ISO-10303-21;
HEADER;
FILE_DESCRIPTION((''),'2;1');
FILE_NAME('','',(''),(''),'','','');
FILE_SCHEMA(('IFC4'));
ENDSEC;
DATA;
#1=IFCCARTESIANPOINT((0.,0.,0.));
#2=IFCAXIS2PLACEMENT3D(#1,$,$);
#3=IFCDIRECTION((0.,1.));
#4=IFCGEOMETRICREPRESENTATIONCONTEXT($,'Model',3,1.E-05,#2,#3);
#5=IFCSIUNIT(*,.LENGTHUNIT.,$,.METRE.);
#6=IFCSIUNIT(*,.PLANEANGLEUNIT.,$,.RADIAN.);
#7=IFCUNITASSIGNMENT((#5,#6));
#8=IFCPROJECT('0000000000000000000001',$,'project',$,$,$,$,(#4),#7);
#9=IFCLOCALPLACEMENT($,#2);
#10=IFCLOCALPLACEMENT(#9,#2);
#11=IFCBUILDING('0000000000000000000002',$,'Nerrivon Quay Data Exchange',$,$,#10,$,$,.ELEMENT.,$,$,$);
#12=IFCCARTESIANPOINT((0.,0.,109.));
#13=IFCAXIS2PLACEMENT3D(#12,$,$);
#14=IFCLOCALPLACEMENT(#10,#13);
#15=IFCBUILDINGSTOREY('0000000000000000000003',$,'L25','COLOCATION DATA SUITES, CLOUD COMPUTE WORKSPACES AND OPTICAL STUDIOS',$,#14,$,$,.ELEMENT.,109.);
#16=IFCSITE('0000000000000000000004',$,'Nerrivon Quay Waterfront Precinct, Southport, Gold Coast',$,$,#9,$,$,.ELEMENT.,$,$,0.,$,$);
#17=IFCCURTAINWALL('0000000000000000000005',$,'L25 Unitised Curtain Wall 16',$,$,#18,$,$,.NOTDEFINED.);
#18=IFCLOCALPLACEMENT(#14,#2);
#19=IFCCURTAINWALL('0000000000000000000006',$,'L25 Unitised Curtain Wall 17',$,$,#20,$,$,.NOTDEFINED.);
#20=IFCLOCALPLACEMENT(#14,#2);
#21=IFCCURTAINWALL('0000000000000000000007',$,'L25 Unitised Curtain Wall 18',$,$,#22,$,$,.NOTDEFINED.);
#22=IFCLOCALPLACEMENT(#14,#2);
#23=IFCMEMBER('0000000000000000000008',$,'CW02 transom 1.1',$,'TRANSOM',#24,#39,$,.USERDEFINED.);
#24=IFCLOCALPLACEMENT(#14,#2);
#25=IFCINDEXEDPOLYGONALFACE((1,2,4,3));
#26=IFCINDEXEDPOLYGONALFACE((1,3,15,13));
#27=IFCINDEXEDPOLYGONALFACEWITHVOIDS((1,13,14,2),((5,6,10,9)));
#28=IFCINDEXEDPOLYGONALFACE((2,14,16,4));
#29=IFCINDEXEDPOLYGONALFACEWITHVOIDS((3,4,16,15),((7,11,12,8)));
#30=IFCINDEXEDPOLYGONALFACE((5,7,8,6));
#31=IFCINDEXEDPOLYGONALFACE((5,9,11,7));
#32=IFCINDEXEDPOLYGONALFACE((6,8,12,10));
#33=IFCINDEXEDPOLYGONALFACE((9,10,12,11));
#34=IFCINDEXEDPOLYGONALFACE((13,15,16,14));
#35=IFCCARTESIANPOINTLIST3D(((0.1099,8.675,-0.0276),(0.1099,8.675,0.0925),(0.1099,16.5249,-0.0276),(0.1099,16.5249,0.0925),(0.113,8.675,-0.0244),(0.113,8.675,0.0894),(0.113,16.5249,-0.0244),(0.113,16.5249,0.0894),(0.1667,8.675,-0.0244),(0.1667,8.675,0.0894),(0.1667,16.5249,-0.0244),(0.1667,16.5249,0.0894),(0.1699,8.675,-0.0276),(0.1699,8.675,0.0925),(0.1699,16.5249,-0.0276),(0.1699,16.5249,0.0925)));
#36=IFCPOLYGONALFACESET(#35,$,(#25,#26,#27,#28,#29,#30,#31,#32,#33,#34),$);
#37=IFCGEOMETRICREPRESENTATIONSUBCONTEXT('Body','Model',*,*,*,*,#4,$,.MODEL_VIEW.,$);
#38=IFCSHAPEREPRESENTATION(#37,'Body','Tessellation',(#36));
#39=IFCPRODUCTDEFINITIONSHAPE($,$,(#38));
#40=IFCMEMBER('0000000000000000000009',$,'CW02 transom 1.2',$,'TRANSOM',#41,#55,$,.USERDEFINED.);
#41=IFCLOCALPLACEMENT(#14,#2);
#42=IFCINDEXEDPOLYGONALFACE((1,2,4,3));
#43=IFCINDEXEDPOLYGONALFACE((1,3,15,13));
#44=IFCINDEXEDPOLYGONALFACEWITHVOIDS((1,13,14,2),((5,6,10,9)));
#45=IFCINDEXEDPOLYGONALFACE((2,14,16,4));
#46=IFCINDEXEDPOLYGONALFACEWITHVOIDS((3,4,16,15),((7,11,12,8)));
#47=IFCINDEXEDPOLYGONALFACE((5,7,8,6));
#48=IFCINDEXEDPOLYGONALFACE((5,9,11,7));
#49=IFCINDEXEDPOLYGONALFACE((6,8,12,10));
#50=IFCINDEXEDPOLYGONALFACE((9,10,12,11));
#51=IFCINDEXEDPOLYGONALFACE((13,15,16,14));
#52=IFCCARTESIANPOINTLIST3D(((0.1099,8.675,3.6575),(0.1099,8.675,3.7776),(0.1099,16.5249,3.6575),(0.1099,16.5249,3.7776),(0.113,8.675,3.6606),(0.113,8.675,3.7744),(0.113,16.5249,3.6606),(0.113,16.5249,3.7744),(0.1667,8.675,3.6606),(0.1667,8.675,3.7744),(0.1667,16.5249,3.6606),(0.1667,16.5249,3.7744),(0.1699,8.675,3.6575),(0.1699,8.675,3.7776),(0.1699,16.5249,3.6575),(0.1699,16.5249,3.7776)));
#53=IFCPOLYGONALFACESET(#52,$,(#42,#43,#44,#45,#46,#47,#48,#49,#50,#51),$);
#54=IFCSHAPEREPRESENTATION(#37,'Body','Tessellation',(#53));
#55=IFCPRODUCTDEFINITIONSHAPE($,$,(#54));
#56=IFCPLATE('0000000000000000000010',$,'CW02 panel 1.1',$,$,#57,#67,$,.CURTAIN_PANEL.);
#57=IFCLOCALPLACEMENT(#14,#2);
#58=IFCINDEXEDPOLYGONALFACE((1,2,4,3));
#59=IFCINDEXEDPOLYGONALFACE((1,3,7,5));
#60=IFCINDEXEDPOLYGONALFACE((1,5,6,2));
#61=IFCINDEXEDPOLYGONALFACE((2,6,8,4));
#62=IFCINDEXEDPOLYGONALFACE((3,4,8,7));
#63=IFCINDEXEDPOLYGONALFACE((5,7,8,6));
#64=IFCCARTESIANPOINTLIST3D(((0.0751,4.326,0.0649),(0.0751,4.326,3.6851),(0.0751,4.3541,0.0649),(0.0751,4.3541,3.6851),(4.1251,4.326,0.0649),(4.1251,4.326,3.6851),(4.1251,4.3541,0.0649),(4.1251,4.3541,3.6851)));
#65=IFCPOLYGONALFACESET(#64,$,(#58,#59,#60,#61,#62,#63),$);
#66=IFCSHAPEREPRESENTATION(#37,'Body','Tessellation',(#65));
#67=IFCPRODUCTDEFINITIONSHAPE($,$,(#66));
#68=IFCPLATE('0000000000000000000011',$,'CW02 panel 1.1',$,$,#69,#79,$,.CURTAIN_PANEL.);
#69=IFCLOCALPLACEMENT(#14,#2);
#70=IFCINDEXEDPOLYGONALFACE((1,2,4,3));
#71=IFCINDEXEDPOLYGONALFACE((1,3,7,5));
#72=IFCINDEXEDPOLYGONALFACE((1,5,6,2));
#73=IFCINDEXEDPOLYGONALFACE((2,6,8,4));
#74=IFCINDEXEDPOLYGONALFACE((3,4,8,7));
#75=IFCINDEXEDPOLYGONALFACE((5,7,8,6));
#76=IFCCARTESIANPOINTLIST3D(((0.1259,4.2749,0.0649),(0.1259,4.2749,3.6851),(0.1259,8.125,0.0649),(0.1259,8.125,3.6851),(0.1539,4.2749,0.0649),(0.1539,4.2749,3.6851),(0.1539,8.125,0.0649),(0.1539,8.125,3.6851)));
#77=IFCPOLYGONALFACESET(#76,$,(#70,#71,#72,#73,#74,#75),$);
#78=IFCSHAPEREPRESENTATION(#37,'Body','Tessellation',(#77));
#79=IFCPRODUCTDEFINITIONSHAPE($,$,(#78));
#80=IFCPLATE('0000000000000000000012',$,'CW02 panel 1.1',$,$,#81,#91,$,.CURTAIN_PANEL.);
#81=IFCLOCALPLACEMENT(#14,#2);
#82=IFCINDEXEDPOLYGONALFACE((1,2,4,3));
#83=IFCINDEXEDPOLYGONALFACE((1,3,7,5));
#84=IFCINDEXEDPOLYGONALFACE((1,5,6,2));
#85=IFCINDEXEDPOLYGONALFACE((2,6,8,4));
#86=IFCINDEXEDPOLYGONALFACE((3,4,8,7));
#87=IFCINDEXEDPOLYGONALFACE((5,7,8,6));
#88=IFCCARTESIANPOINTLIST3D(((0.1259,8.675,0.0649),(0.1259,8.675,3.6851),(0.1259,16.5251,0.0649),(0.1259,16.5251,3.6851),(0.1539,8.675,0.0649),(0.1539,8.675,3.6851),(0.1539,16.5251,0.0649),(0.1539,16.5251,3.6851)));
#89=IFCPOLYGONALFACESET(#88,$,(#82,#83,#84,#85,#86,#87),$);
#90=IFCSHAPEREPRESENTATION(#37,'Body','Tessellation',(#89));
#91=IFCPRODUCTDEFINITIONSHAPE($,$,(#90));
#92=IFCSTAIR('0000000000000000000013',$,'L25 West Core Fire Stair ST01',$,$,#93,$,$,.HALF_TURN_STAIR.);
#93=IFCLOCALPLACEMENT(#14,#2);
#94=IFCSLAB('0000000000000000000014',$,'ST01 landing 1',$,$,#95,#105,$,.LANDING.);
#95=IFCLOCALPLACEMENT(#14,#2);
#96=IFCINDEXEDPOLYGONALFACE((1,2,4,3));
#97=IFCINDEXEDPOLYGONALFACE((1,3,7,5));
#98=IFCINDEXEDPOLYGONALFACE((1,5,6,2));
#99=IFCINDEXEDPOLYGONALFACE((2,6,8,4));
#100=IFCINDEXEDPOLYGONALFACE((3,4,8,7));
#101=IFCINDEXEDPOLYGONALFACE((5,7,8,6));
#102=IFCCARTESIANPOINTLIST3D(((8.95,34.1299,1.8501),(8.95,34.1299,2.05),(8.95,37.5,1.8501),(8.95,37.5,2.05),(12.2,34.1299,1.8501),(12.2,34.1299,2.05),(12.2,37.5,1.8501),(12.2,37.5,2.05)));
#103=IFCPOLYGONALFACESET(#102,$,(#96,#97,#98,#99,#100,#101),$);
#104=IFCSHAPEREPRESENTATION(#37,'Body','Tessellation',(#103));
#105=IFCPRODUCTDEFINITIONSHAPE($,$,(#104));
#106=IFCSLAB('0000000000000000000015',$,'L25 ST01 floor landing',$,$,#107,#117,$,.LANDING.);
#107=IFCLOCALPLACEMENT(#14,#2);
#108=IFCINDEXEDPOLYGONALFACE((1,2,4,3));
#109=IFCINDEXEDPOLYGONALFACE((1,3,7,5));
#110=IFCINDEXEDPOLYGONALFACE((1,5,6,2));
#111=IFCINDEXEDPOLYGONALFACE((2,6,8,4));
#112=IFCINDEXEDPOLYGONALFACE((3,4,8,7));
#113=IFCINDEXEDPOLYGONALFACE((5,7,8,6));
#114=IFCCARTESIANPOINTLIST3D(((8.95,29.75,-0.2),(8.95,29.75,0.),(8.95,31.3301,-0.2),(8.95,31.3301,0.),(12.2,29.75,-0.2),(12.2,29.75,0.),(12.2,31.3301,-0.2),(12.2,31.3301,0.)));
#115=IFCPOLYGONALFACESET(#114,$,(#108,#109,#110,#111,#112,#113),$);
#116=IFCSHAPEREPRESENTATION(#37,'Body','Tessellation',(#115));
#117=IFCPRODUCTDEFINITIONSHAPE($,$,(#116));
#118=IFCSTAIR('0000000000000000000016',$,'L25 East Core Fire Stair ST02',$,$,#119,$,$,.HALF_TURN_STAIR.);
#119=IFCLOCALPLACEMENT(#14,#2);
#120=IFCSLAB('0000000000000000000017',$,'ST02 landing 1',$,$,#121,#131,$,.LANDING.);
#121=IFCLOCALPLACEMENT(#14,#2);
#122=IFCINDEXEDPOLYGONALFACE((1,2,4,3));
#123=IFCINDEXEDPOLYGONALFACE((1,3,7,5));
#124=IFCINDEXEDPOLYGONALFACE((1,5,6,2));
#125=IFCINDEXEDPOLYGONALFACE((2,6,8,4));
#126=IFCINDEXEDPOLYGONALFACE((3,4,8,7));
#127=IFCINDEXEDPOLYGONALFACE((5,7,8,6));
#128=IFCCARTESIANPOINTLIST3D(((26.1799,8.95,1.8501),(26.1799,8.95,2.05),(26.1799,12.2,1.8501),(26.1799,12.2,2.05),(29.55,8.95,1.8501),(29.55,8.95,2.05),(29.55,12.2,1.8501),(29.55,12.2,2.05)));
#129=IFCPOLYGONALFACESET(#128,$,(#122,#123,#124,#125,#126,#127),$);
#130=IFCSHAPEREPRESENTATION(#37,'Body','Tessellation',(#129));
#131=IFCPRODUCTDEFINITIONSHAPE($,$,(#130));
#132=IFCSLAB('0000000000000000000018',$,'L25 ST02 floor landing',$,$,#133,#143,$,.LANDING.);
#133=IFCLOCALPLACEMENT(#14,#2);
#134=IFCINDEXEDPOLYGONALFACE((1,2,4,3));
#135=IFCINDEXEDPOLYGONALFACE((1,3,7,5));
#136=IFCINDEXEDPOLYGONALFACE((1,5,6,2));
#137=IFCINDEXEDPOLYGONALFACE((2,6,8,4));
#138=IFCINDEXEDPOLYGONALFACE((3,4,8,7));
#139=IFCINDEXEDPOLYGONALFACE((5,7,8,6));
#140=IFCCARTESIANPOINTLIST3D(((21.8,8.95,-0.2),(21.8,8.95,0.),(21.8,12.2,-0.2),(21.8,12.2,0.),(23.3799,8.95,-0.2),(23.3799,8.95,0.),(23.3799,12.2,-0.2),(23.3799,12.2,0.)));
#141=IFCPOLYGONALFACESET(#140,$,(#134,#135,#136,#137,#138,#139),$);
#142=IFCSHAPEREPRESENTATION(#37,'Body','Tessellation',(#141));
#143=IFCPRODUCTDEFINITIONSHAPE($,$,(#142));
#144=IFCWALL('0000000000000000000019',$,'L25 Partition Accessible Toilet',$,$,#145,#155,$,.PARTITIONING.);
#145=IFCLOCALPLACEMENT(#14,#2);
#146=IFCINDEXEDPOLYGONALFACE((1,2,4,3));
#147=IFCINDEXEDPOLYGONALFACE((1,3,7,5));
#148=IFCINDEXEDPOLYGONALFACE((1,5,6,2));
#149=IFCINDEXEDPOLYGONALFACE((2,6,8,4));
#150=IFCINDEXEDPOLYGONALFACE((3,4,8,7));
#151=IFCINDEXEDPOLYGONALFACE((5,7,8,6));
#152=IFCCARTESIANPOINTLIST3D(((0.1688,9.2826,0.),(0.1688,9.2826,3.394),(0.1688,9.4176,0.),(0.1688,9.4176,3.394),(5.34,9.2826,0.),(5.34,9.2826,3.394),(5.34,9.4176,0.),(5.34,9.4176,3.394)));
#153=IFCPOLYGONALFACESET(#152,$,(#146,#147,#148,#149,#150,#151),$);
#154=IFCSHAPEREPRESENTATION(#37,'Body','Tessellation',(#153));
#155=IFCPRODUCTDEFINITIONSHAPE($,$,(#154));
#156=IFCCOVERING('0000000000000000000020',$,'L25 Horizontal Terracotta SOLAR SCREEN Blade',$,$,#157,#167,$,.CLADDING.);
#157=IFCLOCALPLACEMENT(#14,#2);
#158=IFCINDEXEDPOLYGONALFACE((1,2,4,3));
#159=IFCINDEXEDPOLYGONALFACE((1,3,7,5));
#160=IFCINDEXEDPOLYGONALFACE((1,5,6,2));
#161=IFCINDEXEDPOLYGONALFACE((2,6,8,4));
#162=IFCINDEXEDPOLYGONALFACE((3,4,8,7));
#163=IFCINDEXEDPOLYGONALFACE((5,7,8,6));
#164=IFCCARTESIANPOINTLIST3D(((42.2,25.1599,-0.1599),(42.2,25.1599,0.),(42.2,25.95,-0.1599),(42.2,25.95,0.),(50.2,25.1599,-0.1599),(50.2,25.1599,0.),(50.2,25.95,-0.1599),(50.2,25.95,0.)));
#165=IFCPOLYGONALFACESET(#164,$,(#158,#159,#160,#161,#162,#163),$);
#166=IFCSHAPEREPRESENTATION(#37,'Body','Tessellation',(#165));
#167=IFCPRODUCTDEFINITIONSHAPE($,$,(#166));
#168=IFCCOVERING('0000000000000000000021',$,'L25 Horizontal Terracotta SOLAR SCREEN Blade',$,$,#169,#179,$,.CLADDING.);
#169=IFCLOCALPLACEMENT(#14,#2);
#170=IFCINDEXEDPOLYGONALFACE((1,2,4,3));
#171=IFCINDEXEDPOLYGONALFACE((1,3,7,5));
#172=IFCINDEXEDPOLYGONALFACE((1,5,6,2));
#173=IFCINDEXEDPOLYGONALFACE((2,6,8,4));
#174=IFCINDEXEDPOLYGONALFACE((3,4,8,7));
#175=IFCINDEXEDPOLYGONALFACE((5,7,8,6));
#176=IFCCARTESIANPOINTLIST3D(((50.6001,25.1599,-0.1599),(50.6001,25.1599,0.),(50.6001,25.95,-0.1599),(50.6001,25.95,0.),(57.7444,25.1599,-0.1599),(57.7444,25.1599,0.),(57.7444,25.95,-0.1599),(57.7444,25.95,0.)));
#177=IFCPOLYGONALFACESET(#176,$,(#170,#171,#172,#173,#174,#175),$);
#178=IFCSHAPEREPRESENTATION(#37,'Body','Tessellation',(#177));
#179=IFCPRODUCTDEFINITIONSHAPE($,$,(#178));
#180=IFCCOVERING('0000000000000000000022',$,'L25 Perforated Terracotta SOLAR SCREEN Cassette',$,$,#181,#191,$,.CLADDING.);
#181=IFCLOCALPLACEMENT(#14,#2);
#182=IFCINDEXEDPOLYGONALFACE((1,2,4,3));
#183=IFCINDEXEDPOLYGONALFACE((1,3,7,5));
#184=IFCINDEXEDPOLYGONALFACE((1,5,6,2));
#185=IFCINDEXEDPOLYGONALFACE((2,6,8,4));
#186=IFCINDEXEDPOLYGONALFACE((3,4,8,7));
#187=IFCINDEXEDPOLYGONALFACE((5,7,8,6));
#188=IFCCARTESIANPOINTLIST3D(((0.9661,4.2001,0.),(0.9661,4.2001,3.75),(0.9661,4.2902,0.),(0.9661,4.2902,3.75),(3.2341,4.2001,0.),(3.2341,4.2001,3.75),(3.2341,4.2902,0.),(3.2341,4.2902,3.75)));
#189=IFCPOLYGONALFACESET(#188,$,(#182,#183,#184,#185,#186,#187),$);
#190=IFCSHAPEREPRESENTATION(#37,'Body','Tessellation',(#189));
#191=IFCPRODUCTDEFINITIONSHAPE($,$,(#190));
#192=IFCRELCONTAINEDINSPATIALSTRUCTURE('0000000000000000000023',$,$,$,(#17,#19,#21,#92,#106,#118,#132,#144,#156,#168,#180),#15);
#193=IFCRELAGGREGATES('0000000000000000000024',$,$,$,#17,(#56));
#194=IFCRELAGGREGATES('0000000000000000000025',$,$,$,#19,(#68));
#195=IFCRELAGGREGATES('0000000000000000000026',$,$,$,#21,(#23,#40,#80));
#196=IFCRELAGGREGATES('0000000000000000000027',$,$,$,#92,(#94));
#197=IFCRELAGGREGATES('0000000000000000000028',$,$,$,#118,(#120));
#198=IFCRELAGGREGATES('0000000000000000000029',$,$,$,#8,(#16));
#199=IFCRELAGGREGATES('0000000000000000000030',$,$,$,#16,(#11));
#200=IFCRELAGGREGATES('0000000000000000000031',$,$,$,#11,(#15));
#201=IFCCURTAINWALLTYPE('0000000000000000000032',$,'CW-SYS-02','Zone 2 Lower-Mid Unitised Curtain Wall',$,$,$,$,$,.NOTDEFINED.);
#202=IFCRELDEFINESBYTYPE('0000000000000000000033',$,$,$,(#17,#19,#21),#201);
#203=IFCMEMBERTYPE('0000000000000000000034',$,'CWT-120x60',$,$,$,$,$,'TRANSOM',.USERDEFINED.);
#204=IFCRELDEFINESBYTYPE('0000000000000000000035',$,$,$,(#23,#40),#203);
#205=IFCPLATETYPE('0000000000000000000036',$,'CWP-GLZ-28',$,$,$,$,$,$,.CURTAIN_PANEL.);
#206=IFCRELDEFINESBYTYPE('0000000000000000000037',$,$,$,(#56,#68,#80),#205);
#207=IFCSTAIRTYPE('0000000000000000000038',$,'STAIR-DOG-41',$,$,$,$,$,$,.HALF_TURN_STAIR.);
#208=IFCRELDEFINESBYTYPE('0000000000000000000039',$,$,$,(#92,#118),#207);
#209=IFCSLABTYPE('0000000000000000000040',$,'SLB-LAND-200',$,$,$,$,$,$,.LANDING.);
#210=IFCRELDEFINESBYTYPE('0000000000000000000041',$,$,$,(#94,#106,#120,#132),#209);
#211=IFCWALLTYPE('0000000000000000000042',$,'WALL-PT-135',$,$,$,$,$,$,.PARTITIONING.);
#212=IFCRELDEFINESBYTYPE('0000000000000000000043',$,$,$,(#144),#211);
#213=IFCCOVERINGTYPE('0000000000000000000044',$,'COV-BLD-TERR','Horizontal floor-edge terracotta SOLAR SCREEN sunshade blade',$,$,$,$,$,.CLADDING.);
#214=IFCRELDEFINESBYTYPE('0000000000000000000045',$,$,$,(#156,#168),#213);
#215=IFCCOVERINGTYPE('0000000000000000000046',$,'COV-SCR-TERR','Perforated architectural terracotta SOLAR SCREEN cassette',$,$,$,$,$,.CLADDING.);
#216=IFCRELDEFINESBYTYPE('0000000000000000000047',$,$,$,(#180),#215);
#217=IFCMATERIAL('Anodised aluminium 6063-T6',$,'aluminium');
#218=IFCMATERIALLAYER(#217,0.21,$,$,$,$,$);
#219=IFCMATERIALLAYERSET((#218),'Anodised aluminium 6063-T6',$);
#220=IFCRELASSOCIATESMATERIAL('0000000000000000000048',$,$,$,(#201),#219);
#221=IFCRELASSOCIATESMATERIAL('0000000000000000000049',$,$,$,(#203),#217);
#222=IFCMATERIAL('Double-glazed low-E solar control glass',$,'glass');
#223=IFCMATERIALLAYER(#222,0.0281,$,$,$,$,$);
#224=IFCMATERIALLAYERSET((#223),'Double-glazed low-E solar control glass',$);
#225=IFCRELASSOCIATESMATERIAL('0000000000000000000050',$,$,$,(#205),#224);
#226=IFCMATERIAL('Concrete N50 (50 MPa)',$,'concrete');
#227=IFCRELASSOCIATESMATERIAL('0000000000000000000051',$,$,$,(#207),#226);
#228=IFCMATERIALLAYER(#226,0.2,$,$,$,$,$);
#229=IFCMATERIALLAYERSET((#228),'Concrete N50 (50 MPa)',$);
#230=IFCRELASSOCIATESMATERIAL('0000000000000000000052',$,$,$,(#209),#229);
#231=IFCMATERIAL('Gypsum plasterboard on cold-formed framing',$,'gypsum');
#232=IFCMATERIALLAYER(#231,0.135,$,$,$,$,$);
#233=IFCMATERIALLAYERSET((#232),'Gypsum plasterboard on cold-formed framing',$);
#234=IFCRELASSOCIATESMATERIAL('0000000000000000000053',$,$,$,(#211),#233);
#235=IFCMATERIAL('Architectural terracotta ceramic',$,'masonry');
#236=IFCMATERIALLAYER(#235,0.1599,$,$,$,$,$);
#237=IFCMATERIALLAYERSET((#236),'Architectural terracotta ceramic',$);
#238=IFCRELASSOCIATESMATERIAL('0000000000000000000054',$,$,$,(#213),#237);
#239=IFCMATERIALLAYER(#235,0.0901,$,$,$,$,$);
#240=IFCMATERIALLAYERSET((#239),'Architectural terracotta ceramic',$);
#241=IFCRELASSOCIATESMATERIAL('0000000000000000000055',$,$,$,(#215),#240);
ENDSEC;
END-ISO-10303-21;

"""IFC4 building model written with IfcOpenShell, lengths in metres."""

from ifc_helpers import new_model, si_unit, direction, frame, frame_2d, origin, origin_2d, place, context, subcontext, project, spatial, polyline, rectangle, hollow_rectangle, outline, extrude, material, layer, layer_set, material_profile, profile_set, type_object, element, aggregate, save


model = new_model("IFC4")

# Units and contexts
model_context = context("Model", 3, precision=1e-05, world=origin(), true_north=direction((0.0, 1.0)))
body_context = subcontext(model_context, "Body", "Model", "MODEL_VIEW")
ifc_project = project(units=[si_unit("LENGTHUNIT", "METRE"), si_unit("PLANEANGLEUNIT", "RADIAN")], contexts=[model_context])

# Site, building, storey
site_placement = place(None, origin())
site = spatial("IfcSite", under=ifc_project, at=site_placement, Name="Nerrivon Quay Waterfront Precinct, Southport, Gold Coast", CompositionType="ELEMENT", RefElevation=0.0)
building_placement = place(site_placement, origin())
building = spatial("IfcBuilding", under=site, at=building_placement, Name="Nerrivon Quay Data Exchange", CompositionType="ELEMENT")
storey_placement = place(building_placement, frame((0.0, 0.0, 109.0)))
storey = spatial("IfcBuildingStorey", under=building, at=storey_placement, Name="L25", Description="COLOCATION DATA SUITES, CLOUD COMPUTE WORKSPACES AND OPTICAL STUDIOS", CompositionType="ELEMENT", Elevation=109.0)

# Curtain wall
ifc_material_1 = material(Name="Anodised aluminium 6063-T6", Category="aluminium")
ifc_layer_1 = layer(ifc_material_1, 0.21)
ifc_layer_set_1 = layer_set([ifc_layer_1], Name="Anodised aluminium 6063-T6")
curtain_wall_type = type_object("IfcCurtainWallType", Name="CW-SYS-02", Description="Zone 2 Lower-Mid Unitised Curtain Wall", PredefinedType="NOTDEFINED", material=ifc_layer_set_1)
curtain_wall_1_placement = place(storey_placement, origin())
curtain_wall_1 = element("IfcCurtainWall", 1, at=curtain_wall_1_placement, inside=storey, type_object=curtain_wall_type, Name="L25 Unitised Curtain Wall 16", PredefinedType="NOTDEFINED")

# Curtain walls
curtain_wall_2_placement = place(storey_placement, origin())
curtain_wall_2 = element("IfcCurtainWall", 2, at=curtain_wall_2_placement, inside=storey, type_object=curtain_wall_type, Name="L25 Unitised Curtain Wall 17", PredefinedType="NOTDEFINED")
curtain_wall_3_placement = place(storey_placement, origin())
curtain_wall_3 = element("IfcCurtainWall", 3, at=curtain_wall_3_placement, inside=storey, type_object=curtain_wall_type, Name="L25 Unitised Curtain Wall 18", PredefinedType="NOTDEFINED")

# Members
ifc_material_profile_1 = material_profile(ifc_material_1, hollow_rectangle(XDim=0.0601, YDim=0.1201, WallThickness=0.0032, at=origin_2d()), Name="ALU-TRAN-120x60")
ifc_profile_set_1 = profile_set([ifc_material_profile_1], Name="Anodised aluminium 6063-T6")
member_type_1 = type_object("IfcMemberType", Name="CWT-120x60", ElementType="TRANSOM", PredefinedType="USERDEFINED", material=ifc_profile_set_1)
member_1_placement = place(storey_placement, frame((0.1399, 8.675, 0.0325), z_axis=(0.0, 1.0, 0.0), x_axis=(-1.0, 0.0, 0.0)))
member_1 = element("IfcMember", 4, at=member_1_placement, type_object=member_type_1, Name="CW02 transom 1.1", ObjectType="TRANSOM", PredefinedType="USERDEFINED", context=body_context, shape_type="SweptSolid", body=[
    extrude(hollow_rectangle(XDim=0.0601, YDim=0.1201, WallThickness=0.0032, at=origin_2d()), origin(), (0.0, 0.0, 1.0), 7.8499),
])
member_2_placement = place(storey_placement, frame((0.1399, 8.675, 3.7175), z_axis=(0.0, 1.0, 0.0), x_axis=(-1.0, 0.0, 0.0)))
member_2 = element("IfcMember", 5, at=member_2_placement, type_object=member_type_1, Name="CW02 transom 1.2", ObjectType="TRANSOM", PredefinedType="USERDEFINED", context=body_context, shape_type="SweptSolid", body=[
    extrude(hollow_rectangle(XDim=0.0601, YDim=0.1201, WallThickness=0.0032, at=origin_2d()), origin(), (0.0, 0.0, 1.0), 7.8499),
])

# Plates
ifc_material_2 = material(Name="Double-glazed low-E solar control glass", Category="glass")
ifc_layer_2 = layer(ifc_material_2, 0.0281)
ifc_layer_set_2 = layer_set([ifc_layer_2], Name="Double-glazed low-E solar control glass")
plate_type = type_object("IfcPlateType", Name="CWP-GLZ-28", PredefinedType="CURTAIN_PANEL", material=ifc_layer_set_2)
plate_1_placement = place(storey_placement, frame((2.1001, 4.3401, 0.0649), z_axis=(0.0, 0.0, 1.0), x_axis=(-1.0, 0.0, 0.0)))
plate_1 = element("IfcPlate", 6, at=plate_1_placement, type_object=plate_type, Name="CW02 panel 1.1", PredefinedType="CURTAIN_PANEL", context=body_context, shape_type="SweptSolid", body=[
    extrude(rectangle(XDim=4.05, YDim=0.0281, at=origin_2d()), origin(), (0.0, 0.0, 1.0), 3.6201),
])
aggregate(curtain_wall_1, [plate_1])
plate_2_placement = place(storey_placement, frame((0.1399, 6.2, 0.0649), z_axis=(0.0, 0.0, 1.0), x_axis=(0.0, 1.0, 0.0)))
plate_2 = element("IfcPlate", 7, at=plate_2_placement, type_object=plate_type, Name="CW02 panel 1.1", PredefinedType="CURTAIN_PANEL", context=body_context, shape_type="SweptSolid", body=[
    extrude(rectangle(XDim=3.8501, YDim=0.0281, at=origin_2d()), origin(), (0.0, 0.0, 1.0), 3.6201),
])
aggregate(curtain_wall_2, [plate_2])
plate_3_placement = place(storey_placement, frame((0.1399, 12.6001, 0.0649), z_axis=(0.0, 0.0, 1.0), x_axis=(0.0, 1.0, 0.0)))
plate_3 = element("IfcPlate", 8, at=plate_3_placement, type_object=plate_type, Name="CW02 panel 1.1", PredefinedType="CURTAIN_PANEL", context=body_context, shape_type="SweptSolid", body=[
    extrude(rectangle(XDim=7.8501, YDim=0.0281, at=origin_2d()), origin(), (0.0, 0.0, 1.0), 3.6201),
])
aggregate(curtain_wall_3, [member_1, member_2, plate_3])

# Stair, slab
ifc_material_3 = material(Name="Concrete N50 (50 MPa)", Category="concrete")
stair_type = type_object("IfcStairType", Name="STAIR-DOG-41", PredefinedType="HALF_TURN_STAIR", material=ifc_material_3)
stair_1_placement = place(storey_placement, origin())
stair_1 = element("IfcStair", 9, at=stair_1_placement, inside=storey, type_object=stair_type, Name="L25 West Core Fire Stair ST01", PredefinedType="HALF_TURN_STAIR")
ifc_layer_3 = layer(ifc_material_3, 0.2)
ifc_layer_set_3 = layer_set([ifc_layer_3], Name="Concrete N50 (50 MPa)")
slab_type = type_object("IfcSlabType", Name="SLB-LAND-200", PredefinedType="LANDING", material=ifc_layer_set_3)
slab_1_placement = place(storey_placement, frame((0.0, 0.0, 1.8501)))
slab_1 = element("IfcSlab", 10, at=slab_1_placement, type_object=slab_type, Name="ST01 landing 1", PredefinedType="LANDING", context=body_context, shape_type="SweptSolid", body=[
    extrude(outline(polyline([(12.2, 34.1299), (12.2, 37.5), (8.95, 37.5), (8.95, 34.1299), (12.2, 34.1299)])), origin(), (0.0, 0.0, 1.0), 0.2),
])
aggregate(stair_1, [slab_1])

# Slab
slab_2_placement = place(storey_placement, frame((0.0, 0.0, -0.2)))
element("IfcSlab", 11, at=slab_2_placement, inside=storey, type_object=slab_type, Name="L25 ST01 floor landing", PredefinedType="LANDING", context=body_context, shape_type="SweptSolid", body=[
    extrude(outline(polyline([(12.2, 29.75), (12.2, 31.3301), (8.95, 31.3301), (8.95, 29.75), (12.2, 29.75)])), origin(), (0.0, 0.0, 1.0), 0.2),
])

# Stair, slab
stair_2_placement = place(storey_placement, origin())
stair_2 = element("IfcStair", 12, at=stair_2_placement, inside=storey, type_object=stair_type, Name="L25 East Core Fire Stair ST02", PredefinedType="HALF_TURN_STAIR")
slab_3_placement = place(storey_placement, frame((0.0, 0.0, 1.8501)))
slab_3 = element("IfcSlab", 13, at=slab_3_placement, type_object=slab_type, Name="ST02 landing 1", PredefinedType="LANDING", context=body_context, shape_type="SweptSolid", body=[
    extrude(outline(polyline([(26.1799, 8.95), (29.55, 8.95), (29.55, 12.2), (26.1799, 12.2), (26.1799, 8.95)])), origin(), (0.0, 0.0, 1.0), 0.2),
])
aggregate(stair_2, [slab_3])

# Slab
slab_4_placement = place(storey_placement, frame((0.0, 0.0, -0.2)))
element("IfcSlab", 14, at=slab_4_placement, inside=storey, type_object=slab_type, Name="L25 ST02 floor landing", PredefinedType="LANDING", context=body_context, shape_type="SweptSolid", body=[
    extrude(outline(polyline([(21.8, 8.95), (23.3799, 8.95), (23.3799, 12.2), (21.8, 12.2), (21.8, 8.95)])), origin(), (0.0, 0.0, 1.0), 0.2),
])

# Wall
ifc_material_4 = material(Name="Gypsum plasterboard on cold-formed framing", Category="gypsum")
ifc_layer_4 = layer(ifc_material_4, 0.135)
ifc_layer_set_4 = layer_set([ifc_layer_4], Name="Gypsum plasterboard on cold-formed framing")
wall_type = type_object("IfcWallType", Name="WALL-PT-135", PredefinedType="PARTITIONING", material=ifc_layer_set_4)
wall_placement = place(storey_placement, frame((0.1689, 9.3501, 0.0), z_axis=(0.0, 0.0, 1.0), x_axis=(1.0, 0.0, 0.0)))
element("IfcWall", 15, at=wall_placement, inside=storey, type_object=wall_type, Name="L25 Partition Accessible Toilet", PredefinedType="PARTITIONING", context=body_context, shape_type="SweptSolid", body=[
    extrude(rectangle(XDim=5.1711, YDim=0.135, at=frame_2d((2.5854, 0.0))), origin(), (0.0, 0.0, 1.0), 3.394),
])

# Coverings
ifc_material_5 = material(Name="Architectural terracotta ceramic", Category="masonry")
ifc_layer_5 = layer(ifc_material_5, 0.1599)
ifc_layer_set_5 = layer_set([ifc_layer_5], Name="Architectural terracotta ceramic")
covering_type_1 = type_object("IfcCoveringType", Name="COV-BLD-TERR", Description="Horizontal floor-edge terracotta SOLAR SCREEN sunshade blade", PredefinedType="CLADDING", material=ifc_layer_set_5)
covering_1_placement = place(storey_placement, frame((0.0, 0.0, -0.1599)))
element("IfcCovering", 16, at=covering_1_placement, inside=storey, type_object=covering_type_1, Name="L25 Horizontal Terracotta SOLAR SCREEN Blade", PredefinedType="CLADDING", context=body_context, shape_type="SweptSolid", body=[
    extrude(outline(polyline([(42.2, 25.1599), (50.2, 25.1599), (50.2, 25.95), (42.2, 25.95), (42.2, 25.1599)])), origin(), (0.0, 0.0, 1.0), 0.1599),
])
covering_2_placement = place(storey_placement, frame((0.0, 0.0, -0.1599)))
element("IfcCovering", 17, at=covering_2_placement, inside=storey, type_object=covering_type_1, Name="L25 Horizontal Terracotta SOLAR SCREEN Blade", PredefinedType="CLADDING", context=body_context, shape_type="SweptSolid", body=[
    extrude(outline(polyline([(50.6001, 25.1599), (57.7444, 25.1599), (57.7444, 25.95), (50.6001, 25.95), (50.6001, 25.1599)])), origin(), (0.0, 0.0, 1.0), 0.1599),
])
ifc_layer_6 = layer(ifc_material_5, 0.0901)
ifc_layer_set_6 = layer_set([ifc_layer_6], Name="Architectural terracotta ceramic")
covering_type_2 = type_object("IfcCoveringType", Name="COV-SCR-TERR", Description="Perforated architectural terracotta SOLAR SCREEN cassette", PredefinedType="CLADDING", material=ifc_layer_set_6)
covering_3_placement = place(storey_placement, frame((2.1001, 4.2451, 0.0), z_axis=(0.0, 0.0, 1.0), x_axis=(-1.0, 0.0, 0.0)))
element("IfcCovering", 18, at=covering_3_placement, inside=storey, type_object=covering_type_2, Name="L25 Perforated Terracotta SOLAR SCREEN Cassette", PredefinedType="CLADDING", context=body_context, shape_type="SweptSolid", body=[
    extrude(rectangle(XDim=2.2681, YDim=0.0901, at=origin_2d()), origin(), (0.0, 0.0, 1.0), 3.75),
])

save(model, "model.ifc")
